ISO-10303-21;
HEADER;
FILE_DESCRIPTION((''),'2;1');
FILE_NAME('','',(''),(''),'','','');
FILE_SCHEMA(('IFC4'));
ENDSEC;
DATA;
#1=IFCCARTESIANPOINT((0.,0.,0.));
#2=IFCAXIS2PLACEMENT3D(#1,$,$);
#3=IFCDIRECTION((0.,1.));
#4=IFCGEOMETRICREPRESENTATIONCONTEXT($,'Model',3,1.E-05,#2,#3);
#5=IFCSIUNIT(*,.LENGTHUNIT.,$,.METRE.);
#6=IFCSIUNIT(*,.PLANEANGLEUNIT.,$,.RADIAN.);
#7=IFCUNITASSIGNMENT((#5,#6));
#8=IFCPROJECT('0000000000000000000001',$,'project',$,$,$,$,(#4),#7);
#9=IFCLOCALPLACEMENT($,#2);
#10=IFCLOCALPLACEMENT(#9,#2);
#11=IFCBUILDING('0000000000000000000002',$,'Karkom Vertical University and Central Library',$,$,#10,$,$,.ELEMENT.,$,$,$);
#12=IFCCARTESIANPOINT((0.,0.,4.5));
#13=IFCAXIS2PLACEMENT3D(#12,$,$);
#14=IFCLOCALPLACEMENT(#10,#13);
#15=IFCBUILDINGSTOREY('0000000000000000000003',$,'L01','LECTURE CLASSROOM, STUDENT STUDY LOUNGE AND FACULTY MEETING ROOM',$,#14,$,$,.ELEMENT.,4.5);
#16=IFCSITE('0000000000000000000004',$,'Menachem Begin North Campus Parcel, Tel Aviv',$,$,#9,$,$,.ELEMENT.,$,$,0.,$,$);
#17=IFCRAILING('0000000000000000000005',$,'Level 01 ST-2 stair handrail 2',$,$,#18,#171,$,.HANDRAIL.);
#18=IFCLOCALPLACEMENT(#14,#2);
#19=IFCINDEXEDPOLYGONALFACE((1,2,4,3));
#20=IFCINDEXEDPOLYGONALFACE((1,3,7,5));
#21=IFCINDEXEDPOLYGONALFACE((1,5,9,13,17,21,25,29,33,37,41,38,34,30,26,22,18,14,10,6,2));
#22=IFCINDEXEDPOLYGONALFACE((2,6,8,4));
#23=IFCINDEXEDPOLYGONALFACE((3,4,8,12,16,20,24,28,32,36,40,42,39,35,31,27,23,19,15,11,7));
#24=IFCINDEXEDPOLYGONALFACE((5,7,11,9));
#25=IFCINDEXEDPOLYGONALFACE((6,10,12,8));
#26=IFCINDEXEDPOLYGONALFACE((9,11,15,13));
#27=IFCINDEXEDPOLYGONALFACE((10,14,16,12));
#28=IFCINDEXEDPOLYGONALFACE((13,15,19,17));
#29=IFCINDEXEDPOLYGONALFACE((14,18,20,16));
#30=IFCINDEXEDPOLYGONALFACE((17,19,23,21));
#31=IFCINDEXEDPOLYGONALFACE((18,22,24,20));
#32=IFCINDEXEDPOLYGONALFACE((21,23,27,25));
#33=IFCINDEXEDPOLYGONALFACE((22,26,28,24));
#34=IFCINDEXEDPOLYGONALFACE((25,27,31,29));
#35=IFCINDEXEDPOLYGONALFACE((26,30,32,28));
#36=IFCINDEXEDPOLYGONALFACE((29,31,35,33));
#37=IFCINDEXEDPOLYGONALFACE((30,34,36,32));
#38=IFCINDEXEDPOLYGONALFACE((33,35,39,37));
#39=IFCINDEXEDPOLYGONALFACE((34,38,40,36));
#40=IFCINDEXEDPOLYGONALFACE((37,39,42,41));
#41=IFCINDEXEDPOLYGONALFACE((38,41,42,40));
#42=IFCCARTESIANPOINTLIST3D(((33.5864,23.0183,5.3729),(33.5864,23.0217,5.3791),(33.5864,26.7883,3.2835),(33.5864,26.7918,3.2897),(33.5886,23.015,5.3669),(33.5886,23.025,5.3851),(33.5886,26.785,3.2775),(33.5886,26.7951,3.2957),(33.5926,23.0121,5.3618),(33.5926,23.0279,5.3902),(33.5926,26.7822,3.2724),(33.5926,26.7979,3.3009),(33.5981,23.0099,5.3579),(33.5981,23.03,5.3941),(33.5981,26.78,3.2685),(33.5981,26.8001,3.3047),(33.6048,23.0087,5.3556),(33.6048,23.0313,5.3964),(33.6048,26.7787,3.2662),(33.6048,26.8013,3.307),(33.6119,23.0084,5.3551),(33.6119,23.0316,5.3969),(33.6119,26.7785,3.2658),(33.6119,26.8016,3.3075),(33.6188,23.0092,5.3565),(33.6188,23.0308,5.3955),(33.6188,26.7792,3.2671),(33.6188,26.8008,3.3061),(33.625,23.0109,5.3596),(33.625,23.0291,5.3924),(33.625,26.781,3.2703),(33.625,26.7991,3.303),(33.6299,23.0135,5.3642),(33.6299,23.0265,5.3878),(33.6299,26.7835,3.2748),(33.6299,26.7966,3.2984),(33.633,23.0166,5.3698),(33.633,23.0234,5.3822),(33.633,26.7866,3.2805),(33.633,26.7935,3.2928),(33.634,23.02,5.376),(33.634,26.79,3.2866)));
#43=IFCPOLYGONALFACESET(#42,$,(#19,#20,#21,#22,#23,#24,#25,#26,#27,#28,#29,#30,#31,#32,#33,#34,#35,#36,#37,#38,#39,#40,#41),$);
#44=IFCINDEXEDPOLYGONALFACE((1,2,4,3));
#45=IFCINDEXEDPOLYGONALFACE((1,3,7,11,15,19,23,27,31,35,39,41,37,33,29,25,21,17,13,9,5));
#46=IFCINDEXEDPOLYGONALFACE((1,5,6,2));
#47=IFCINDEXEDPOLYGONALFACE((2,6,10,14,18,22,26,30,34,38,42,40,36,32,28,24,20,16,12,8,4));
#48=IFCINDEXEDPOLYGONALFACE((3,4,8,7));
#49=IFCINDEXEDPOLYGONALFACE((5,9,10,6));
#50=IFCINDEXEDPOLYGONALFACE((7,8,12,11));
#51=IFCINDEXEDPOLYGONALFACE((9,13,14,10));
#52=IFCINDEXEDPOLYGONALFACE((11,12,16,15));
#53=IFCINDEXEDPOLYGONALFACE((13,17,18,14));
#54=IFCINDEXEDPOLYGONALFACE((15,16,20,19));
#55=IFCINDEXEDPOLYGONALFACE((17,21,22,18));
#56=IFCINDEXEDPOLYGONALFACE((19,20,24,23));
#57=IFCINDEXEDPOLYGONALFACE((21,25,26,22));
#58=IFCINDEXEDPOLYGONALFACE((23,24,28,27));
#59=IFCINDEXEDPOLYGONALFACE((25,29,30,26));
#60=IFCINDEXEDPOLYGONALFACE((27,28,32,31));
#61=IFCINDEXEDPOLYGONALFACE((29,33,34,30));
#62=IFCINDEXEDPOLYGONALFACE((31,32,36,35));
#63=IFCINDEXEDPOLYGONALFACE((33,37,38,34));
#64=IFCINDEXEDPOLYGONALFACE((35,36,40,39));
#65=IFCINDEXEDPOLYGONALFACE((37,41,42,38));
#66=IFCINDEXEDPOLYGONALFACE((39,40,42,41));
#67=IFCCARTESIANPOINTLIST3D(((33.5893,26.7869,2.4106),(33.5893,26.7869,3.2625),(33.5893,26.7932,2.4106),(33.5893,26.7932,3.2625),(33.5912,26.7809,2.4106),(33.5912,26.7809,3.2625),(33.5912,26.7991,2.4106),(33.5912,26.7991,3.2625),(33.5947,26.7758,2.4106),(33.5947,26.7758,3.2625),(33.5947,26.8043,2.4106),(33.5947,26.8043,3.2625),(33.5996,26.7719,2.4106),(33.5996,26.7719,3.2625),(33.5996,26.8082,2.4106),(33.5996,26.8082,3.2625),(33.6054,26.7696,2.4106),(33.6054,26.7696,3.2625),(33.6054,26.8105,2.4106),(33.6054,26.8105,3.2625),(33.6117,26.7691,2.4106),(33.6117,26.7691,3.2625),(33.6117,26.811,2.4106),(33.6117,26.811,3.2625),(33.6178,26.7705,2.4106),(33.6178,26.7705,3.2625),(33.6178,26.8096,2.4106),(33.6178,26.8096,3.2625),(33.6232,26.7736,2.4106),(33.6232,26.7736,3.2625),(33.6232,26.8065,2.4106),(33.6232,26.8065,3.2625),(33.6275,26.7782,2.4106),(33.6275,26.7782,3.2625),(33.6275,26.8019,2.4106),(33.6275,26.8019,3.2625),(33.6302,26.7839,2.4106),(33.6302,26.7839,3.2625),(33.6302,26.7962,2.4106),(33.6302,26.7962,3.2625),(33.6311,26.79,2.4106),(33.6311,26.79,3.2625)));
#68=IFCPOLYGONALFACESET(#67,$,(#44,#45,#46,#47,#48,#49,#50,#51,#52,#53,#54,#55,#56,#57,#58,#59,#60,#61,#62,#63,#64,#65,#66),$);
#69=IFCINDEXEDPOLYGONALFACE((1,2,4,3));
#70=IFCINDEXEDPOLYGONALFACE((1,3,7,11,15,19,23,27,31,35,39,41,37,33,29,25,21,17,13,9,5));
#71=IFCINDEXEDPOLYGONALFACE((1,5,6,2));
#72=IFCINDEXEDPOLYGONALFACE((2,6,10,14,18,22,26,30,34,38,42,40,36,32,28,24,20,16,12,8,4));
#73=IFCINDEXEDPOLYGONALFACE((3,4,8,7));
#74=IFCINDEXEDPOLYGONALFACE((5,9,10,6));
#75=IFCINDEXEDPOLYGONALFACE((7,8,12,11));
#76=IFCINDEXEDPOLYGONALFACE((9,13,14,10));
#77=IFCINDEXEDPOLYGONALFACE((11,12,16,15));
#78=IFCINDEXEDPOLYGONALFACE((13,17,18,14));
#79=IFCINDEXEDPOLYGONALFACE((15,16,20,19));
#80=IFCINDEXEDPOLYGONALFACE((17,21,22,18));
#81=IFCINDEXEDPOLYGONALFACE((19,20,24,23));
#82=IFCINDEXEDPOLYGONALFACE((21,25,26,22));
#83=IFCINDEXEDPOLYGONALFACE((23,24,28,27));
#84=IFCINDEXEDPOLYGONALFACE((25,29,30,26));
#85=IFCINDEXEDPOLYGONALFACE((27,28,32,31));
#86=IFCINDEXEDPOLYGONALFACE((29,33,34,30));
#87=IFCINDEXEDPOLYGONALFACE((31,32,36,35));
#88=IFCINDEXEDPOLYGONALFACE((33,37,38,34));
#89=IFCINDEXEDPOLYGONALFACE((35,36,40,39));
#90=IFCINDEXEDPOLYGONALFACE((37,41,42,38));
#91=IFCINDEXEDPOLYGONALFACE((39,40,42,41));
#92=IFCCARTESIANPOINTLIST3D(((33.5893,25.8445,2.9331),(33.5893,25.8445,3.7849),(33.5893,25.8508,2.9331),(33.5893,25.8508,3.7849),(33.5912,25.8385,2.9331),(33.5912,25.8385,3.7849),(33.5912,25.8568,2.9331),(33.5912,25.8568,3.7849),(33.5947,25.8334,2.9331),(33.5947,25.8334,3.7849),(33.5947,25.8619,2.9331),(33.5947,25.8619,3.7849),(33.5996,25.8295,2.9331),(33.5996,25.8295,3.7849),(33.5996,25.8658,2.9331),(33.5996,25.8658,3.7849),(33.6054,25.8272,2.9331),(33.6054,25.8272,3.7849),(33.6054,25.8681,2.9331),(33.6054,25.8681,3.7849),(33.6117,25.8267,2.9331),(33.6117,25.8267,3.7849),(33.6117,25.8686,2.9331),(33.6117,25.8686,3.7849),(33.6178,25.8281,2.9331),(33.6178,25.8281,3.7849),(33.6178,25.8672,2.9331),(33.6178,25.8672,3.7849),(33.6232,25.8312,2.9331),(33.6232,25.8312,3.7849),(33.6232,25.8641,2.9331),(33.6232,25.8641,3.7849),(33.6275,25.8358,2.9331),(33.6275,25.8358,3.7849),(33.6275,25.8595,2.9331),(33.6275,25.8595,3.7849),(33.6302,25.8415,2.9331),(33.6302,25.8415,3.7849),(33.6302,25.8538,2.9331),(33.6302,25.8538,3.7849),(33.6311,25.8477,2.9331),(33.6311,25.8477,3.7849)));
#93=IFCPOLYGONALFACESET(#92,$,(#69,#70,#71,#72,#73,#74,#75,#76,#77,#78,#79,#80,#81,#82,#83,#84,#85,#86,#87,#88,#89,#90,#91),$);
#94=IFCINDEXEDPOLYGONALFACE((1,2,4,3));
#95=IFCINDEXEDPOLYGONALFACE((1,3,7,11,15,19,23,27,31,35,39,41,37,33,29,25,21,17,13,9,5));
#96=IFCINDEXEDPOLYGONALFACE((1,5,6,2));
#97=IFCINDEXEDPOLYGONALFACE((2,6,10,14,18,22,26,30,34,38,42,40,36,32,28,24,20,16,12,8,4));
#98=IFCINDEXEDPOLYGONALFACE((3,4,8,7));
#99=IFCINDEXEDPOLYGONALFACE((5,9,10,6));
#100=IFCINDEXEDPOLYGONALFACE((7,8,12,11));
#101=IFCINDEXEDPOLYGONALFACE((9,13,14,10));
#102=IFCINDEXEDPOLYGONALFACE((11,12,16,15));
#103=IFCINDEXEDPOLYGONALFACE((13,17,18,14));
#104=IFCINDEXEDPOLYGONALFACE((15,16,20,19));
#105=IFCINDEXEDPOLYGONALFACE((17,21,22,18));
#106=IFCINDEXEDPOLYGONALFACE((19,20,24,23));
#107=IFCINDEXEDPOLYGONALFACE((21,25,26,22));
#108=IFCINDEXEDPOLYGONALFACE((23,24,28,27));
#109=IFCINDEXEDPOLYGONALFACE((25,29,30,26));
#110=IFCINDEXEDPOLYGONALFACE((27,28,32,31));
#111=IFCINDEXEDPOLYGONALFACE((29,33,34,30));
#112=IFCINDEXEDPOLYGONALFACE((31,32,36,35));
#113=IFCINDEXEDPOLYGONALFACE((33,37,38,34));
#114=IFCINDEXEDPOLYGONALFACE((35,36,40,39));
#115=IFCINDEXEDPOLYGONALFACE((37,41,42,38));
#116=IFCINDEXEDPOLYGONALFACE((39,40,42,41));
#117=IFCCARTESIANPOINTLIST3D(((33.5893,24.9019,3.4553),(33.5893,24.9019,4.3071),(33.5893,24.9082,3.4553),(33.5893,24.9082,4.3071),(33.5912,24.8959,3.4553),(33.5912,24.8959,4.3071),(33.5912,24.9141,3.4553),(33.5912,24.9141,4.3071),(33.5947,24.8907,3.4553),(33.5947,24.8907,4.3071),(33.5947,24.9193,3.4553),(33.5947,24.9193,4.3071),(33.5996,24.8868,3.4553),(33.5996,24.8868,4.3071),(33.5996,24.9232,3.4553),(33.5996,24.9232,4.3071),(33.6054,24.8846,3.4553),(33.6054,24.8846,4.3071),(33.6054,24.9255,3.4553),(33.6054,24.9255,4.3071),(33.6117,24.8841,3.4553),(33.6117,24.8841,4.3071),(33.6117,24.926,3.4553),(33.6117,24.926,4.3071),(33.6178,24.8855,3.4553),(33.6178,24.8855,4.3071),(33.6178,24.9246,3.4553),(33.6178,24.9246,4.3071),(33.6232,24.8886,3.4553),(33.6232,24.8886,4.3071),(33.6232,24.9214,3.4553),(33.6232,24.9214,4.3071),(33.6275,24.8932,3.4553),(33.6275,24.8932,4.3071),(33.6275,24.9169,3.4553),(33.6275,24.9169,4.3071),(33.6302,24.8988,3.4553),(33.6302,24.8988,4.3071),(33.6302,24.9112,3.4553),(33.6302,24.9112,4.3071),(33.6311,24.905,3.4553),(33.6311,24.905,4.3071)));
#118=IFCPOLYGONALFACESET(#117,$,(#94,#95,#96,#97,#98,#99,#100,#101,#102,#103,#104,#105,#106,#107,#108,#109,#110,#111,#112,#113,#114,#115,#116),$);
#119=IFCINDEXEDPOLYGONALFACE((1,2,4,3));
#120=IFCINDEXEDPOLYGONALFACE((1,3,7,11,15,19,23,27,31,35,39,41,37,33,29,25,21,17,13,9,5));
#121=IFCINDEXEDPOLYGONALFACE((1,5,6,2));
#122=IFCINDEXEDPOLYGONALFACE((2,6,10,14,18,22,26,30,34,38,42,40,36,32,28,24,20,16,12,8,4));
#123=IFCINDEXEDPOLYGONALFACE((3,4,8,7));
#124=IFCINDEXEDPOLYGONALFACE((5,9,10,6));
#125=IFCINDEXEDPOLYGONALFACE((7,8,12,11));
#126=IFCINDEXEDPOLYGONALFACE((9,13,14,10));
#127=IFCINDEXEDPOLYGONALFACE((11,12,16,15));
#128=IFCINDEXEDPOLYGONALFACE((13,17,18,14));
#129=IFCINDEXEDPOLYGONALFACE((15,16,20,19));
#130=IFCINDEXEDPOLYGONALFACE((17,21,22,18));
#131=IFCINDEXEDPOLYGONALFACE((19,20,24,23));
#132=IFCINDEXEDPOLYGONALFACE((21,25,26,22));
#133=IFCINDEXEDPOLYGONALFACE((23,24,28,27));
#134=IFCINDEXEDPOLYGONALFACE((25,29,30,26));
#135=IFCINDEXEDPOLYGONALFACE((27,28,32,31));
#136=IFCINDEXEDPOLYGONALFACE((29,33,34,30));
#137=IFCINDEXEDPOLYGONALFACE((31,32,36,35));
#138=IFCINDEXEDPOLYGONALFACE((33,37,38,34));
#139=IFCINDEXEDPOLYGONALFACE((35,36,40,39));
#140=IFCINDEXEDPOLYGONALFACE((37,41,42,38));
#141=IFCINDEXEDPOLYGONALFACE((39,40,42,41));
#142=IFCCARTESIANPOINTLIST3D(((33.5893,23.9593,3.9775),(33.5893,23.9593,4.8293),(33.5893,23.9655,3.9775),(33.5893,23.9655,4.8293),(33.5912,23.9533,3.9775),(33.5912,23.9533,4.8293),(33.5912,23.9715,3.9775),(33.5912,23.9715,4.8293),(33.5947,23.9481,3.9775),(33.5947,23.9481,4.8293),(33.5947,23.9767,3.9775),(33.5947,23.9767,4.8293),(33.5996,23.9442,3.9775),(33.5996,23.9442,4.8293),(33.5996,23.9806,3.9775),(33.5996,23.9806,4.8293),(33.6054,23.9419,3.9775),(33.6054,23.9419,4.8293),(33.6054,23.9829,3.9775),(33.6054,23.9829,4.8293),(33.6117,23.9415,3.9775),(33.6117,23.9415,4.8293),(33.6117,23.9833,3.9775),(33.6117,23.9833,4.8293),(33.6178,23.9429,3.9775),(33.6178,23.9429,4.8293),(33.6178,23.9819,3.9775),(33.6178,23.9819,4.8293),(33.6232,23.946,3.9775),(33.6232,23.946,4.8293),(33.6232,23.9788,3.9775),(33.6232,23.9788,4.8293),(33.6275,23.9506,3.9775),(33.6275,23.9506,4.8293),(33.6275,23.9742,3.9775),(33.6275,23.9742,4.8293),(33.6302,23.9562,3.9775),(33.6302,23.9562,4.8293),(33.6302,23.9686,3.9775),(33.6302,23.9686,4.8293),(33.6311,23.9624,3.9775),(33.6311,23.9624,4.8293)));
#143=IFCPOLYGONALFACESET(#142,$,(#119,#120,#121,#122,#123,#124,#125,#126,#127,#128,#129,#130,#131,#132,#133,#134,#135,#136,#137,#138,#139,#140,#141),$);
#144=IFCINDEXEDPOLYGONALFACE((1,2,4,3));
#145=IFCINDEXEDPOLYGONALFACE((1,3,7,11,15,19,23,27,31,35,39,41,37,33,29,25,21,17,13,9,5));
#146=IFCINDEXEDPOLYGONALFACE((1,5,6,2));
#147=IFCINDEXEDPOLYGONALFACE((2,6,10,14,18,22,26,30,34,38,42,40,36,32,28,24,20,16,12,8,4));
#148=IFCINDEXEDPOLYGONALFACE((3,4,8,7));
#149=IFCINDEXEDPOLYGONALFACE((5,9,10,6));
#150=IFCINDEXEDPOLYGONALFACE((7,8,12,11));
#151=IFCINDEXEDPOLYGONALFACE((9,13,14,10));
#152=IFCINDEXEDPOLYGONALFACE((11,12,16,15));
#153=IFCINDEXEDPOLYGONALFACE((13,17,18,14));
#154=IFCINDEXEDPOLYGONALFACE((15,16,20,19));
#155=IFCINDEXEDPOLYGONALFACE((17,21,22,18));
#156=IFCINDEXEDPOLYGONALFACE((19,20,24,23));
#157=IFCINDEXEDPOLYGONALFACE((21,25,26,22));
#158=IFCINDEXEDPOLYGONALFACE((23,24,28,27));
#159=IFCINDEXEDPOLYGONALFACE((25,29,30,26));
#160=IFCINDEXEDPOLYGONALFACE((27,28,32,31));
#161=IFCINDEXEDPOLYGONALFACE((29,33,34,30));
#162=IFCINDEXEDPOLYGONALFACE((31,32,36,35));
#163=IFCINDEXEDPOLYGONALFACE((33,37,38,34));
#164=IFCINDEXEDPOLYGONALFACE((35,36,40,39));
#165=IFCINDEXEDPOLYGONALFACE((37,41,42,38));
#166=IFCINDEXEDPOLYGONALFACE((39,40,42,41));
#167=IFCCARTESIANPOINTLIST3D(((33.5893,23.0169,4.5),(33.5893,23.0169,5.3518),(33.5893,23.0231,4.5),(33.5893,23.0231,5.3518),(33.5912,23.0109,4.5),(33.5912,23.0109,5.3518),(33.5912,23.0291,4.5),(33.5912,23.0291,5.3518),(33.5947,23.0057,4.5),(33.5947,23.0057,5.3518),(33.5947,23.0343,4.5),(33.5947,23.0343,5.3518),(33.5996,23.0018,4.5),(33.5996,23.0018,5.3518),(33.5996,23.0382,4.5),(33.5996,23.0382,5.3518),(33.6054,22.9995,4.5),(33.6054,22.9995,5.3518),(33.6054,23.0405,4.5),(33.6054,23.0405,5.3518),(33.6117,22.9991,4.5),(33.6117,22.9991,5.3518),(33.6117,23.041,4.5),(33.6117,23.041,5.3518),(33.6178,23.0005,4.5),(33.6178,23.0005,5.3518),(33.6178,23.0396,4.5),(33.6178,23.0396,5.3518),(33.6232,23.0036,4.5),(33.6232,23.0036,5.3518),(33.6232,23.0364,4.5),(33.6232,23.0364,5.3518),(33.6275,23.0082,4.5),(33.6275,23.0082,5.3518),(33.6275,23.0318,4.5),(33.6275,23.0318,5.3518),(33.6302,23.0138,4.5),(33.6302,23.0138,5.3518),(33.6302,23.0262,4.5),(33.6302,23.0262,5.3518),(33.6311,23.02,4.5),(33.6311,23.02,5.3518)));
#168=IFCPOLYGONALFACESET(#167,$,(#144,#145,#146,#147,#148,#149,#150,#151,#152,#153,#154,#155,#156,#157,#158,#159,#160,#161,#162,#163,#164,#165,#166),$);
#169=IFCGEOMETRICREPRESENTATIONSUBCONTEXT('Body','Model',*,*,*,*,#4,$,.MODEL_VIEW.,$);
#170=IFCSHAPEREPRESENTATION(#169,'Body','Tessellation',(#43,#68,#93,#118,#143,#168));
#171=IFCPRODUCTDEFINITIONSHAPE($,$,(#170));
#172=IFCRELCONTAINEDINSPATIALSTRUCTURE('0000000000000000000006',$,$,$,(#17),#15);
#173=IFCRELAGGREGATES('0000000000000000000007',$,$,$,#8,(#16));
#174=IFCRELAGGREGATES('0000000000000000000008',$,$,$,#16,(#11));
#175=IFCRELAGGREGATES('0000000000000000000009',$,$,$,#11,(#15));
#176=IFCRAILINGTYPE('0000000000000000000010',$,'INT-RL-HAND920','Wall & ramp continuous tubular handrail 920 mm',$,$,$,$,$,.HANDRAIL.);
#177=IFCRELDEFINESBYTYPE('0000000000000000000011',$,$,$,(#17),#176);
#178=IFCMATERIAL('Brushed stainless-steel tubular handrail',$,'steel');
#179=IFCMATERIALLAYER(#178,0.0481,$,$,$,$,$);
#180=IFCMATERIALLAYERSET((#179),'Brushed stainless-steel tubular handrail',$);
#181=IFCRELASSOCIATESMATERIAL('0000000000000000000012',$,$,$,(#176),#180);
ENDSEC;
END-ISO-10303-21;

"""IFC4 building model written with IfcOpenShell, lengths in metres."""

from ifc_helpers import new_model, si_unit, direction, frame, origin, origin_2d, place, context, subcontext, project, spatial, circle, extrude, material, layer, layer_set, type_object, element, save


model = new_model("IFC4")

# Units and contexts
model_context = context("Model", 3, precision=1e-05, world=origin(), true_north=direction((0.0, 1.0)))
body_context = subcontext(model_context, "Body", "Model", "MODEL_VIEW")
ifc_project = project(units=[si_unit("LENGTHUNIT", "METRE"), si_unit("PLANEANGLEUNIT", "RADIAN")], contexts=[model_context])

# Site, building, storey
site_placement = place(None, origin())
site = spatial("IfcSite", under=ifc_project, at=site_placement, Name="Menachem Begin North Campus Parcel, Tel Aviv", CompositionType="ELEMENT", RefElevation=0.0)
building_placement = place(site_placement, origin())
building = spatial("IfcBuilding", under=site, at=building_placement, Name="Karkom Vertical University and Central Library", CompositionType="ELEMENT")
storey_placement = place(building_placement, frame((0.0, 0.0, 4.5)))
storey = spatial("IfcBuildingStorey", under=building, at=storey_placement, Name="L01", Description="LECTURE CLASSROOM, STUDENT STUDY LOUNGE AND FACULTY MEETING ROOM", CompositionType="ELEMENT", Elevation=4.5)

# Railing
ifc_material_1 = material(Name="Brushed stainless-steel tubular handrail", Category="steel")
ifc_layer_1 = layer(ifc_material_1, 0.0481)
ifc_layer_set_1 = layer_set([ifc_layer_1], Name="Brushed stainless-steel tubular handrail")
railing_type_1 = type_object("IfcRailingType", Name="INT-RL-HAND920", Description="Wall & ramp continuous tubular handrail 920 mm", PredefinedType="HANDRAIL", material=ifc_layer_set_1)
railing_1_placement = place(storey_placement, frame((33.6101, 26.79, 2.4106)))
element("IfcRailing", 1, at=railing_1_placement, inside=storey, type_object=railing_type_1, Name="Level 01 ST-2 stair handrail 2", PredefinedType="HANDRAIL", context=body_context, shape_type="SweptSolid", body=[
    extrude(circle(Radius=0.0239, at=origin_2d()), frame((0.0, 0.0, 0.876), z_axis=(0.0, -0.874659, 0.484739), x_axis=(1.0, 0.0, 0.0)), (0.0, 0.0, 1.0), 4.3103),
    extrude(circle(Radius=0.021, at=origin_2d()), origin(), (0.0, 0.0, 1.0), 0.8518),
    extrude(circle(Radius=0.021, at=origin_2d()), frame((0.0, -0.9424, 0.5225)), (0.0, 0.0, 1.0), 0.8518),
    extrude(circle(Radius=0.021, at=origin_2d()), frame((0.0, -1.885, 1.0447)), (0.0, 0.0, 1.0), 0.8518),
    extrude(circle(Radius=0.021, at=origin_2d()), frame((0.0, -2.8276, 1.5669)), (0.0, 0.0, 1.0), 0.8518),
    extrude(circle(Radius=0.021, at=origin_2d()), frame((0.0, -3.77, 2.0894)), (0.0, 0.0, 1.0), 0.8518),
])

save(model, "model.ifc")
